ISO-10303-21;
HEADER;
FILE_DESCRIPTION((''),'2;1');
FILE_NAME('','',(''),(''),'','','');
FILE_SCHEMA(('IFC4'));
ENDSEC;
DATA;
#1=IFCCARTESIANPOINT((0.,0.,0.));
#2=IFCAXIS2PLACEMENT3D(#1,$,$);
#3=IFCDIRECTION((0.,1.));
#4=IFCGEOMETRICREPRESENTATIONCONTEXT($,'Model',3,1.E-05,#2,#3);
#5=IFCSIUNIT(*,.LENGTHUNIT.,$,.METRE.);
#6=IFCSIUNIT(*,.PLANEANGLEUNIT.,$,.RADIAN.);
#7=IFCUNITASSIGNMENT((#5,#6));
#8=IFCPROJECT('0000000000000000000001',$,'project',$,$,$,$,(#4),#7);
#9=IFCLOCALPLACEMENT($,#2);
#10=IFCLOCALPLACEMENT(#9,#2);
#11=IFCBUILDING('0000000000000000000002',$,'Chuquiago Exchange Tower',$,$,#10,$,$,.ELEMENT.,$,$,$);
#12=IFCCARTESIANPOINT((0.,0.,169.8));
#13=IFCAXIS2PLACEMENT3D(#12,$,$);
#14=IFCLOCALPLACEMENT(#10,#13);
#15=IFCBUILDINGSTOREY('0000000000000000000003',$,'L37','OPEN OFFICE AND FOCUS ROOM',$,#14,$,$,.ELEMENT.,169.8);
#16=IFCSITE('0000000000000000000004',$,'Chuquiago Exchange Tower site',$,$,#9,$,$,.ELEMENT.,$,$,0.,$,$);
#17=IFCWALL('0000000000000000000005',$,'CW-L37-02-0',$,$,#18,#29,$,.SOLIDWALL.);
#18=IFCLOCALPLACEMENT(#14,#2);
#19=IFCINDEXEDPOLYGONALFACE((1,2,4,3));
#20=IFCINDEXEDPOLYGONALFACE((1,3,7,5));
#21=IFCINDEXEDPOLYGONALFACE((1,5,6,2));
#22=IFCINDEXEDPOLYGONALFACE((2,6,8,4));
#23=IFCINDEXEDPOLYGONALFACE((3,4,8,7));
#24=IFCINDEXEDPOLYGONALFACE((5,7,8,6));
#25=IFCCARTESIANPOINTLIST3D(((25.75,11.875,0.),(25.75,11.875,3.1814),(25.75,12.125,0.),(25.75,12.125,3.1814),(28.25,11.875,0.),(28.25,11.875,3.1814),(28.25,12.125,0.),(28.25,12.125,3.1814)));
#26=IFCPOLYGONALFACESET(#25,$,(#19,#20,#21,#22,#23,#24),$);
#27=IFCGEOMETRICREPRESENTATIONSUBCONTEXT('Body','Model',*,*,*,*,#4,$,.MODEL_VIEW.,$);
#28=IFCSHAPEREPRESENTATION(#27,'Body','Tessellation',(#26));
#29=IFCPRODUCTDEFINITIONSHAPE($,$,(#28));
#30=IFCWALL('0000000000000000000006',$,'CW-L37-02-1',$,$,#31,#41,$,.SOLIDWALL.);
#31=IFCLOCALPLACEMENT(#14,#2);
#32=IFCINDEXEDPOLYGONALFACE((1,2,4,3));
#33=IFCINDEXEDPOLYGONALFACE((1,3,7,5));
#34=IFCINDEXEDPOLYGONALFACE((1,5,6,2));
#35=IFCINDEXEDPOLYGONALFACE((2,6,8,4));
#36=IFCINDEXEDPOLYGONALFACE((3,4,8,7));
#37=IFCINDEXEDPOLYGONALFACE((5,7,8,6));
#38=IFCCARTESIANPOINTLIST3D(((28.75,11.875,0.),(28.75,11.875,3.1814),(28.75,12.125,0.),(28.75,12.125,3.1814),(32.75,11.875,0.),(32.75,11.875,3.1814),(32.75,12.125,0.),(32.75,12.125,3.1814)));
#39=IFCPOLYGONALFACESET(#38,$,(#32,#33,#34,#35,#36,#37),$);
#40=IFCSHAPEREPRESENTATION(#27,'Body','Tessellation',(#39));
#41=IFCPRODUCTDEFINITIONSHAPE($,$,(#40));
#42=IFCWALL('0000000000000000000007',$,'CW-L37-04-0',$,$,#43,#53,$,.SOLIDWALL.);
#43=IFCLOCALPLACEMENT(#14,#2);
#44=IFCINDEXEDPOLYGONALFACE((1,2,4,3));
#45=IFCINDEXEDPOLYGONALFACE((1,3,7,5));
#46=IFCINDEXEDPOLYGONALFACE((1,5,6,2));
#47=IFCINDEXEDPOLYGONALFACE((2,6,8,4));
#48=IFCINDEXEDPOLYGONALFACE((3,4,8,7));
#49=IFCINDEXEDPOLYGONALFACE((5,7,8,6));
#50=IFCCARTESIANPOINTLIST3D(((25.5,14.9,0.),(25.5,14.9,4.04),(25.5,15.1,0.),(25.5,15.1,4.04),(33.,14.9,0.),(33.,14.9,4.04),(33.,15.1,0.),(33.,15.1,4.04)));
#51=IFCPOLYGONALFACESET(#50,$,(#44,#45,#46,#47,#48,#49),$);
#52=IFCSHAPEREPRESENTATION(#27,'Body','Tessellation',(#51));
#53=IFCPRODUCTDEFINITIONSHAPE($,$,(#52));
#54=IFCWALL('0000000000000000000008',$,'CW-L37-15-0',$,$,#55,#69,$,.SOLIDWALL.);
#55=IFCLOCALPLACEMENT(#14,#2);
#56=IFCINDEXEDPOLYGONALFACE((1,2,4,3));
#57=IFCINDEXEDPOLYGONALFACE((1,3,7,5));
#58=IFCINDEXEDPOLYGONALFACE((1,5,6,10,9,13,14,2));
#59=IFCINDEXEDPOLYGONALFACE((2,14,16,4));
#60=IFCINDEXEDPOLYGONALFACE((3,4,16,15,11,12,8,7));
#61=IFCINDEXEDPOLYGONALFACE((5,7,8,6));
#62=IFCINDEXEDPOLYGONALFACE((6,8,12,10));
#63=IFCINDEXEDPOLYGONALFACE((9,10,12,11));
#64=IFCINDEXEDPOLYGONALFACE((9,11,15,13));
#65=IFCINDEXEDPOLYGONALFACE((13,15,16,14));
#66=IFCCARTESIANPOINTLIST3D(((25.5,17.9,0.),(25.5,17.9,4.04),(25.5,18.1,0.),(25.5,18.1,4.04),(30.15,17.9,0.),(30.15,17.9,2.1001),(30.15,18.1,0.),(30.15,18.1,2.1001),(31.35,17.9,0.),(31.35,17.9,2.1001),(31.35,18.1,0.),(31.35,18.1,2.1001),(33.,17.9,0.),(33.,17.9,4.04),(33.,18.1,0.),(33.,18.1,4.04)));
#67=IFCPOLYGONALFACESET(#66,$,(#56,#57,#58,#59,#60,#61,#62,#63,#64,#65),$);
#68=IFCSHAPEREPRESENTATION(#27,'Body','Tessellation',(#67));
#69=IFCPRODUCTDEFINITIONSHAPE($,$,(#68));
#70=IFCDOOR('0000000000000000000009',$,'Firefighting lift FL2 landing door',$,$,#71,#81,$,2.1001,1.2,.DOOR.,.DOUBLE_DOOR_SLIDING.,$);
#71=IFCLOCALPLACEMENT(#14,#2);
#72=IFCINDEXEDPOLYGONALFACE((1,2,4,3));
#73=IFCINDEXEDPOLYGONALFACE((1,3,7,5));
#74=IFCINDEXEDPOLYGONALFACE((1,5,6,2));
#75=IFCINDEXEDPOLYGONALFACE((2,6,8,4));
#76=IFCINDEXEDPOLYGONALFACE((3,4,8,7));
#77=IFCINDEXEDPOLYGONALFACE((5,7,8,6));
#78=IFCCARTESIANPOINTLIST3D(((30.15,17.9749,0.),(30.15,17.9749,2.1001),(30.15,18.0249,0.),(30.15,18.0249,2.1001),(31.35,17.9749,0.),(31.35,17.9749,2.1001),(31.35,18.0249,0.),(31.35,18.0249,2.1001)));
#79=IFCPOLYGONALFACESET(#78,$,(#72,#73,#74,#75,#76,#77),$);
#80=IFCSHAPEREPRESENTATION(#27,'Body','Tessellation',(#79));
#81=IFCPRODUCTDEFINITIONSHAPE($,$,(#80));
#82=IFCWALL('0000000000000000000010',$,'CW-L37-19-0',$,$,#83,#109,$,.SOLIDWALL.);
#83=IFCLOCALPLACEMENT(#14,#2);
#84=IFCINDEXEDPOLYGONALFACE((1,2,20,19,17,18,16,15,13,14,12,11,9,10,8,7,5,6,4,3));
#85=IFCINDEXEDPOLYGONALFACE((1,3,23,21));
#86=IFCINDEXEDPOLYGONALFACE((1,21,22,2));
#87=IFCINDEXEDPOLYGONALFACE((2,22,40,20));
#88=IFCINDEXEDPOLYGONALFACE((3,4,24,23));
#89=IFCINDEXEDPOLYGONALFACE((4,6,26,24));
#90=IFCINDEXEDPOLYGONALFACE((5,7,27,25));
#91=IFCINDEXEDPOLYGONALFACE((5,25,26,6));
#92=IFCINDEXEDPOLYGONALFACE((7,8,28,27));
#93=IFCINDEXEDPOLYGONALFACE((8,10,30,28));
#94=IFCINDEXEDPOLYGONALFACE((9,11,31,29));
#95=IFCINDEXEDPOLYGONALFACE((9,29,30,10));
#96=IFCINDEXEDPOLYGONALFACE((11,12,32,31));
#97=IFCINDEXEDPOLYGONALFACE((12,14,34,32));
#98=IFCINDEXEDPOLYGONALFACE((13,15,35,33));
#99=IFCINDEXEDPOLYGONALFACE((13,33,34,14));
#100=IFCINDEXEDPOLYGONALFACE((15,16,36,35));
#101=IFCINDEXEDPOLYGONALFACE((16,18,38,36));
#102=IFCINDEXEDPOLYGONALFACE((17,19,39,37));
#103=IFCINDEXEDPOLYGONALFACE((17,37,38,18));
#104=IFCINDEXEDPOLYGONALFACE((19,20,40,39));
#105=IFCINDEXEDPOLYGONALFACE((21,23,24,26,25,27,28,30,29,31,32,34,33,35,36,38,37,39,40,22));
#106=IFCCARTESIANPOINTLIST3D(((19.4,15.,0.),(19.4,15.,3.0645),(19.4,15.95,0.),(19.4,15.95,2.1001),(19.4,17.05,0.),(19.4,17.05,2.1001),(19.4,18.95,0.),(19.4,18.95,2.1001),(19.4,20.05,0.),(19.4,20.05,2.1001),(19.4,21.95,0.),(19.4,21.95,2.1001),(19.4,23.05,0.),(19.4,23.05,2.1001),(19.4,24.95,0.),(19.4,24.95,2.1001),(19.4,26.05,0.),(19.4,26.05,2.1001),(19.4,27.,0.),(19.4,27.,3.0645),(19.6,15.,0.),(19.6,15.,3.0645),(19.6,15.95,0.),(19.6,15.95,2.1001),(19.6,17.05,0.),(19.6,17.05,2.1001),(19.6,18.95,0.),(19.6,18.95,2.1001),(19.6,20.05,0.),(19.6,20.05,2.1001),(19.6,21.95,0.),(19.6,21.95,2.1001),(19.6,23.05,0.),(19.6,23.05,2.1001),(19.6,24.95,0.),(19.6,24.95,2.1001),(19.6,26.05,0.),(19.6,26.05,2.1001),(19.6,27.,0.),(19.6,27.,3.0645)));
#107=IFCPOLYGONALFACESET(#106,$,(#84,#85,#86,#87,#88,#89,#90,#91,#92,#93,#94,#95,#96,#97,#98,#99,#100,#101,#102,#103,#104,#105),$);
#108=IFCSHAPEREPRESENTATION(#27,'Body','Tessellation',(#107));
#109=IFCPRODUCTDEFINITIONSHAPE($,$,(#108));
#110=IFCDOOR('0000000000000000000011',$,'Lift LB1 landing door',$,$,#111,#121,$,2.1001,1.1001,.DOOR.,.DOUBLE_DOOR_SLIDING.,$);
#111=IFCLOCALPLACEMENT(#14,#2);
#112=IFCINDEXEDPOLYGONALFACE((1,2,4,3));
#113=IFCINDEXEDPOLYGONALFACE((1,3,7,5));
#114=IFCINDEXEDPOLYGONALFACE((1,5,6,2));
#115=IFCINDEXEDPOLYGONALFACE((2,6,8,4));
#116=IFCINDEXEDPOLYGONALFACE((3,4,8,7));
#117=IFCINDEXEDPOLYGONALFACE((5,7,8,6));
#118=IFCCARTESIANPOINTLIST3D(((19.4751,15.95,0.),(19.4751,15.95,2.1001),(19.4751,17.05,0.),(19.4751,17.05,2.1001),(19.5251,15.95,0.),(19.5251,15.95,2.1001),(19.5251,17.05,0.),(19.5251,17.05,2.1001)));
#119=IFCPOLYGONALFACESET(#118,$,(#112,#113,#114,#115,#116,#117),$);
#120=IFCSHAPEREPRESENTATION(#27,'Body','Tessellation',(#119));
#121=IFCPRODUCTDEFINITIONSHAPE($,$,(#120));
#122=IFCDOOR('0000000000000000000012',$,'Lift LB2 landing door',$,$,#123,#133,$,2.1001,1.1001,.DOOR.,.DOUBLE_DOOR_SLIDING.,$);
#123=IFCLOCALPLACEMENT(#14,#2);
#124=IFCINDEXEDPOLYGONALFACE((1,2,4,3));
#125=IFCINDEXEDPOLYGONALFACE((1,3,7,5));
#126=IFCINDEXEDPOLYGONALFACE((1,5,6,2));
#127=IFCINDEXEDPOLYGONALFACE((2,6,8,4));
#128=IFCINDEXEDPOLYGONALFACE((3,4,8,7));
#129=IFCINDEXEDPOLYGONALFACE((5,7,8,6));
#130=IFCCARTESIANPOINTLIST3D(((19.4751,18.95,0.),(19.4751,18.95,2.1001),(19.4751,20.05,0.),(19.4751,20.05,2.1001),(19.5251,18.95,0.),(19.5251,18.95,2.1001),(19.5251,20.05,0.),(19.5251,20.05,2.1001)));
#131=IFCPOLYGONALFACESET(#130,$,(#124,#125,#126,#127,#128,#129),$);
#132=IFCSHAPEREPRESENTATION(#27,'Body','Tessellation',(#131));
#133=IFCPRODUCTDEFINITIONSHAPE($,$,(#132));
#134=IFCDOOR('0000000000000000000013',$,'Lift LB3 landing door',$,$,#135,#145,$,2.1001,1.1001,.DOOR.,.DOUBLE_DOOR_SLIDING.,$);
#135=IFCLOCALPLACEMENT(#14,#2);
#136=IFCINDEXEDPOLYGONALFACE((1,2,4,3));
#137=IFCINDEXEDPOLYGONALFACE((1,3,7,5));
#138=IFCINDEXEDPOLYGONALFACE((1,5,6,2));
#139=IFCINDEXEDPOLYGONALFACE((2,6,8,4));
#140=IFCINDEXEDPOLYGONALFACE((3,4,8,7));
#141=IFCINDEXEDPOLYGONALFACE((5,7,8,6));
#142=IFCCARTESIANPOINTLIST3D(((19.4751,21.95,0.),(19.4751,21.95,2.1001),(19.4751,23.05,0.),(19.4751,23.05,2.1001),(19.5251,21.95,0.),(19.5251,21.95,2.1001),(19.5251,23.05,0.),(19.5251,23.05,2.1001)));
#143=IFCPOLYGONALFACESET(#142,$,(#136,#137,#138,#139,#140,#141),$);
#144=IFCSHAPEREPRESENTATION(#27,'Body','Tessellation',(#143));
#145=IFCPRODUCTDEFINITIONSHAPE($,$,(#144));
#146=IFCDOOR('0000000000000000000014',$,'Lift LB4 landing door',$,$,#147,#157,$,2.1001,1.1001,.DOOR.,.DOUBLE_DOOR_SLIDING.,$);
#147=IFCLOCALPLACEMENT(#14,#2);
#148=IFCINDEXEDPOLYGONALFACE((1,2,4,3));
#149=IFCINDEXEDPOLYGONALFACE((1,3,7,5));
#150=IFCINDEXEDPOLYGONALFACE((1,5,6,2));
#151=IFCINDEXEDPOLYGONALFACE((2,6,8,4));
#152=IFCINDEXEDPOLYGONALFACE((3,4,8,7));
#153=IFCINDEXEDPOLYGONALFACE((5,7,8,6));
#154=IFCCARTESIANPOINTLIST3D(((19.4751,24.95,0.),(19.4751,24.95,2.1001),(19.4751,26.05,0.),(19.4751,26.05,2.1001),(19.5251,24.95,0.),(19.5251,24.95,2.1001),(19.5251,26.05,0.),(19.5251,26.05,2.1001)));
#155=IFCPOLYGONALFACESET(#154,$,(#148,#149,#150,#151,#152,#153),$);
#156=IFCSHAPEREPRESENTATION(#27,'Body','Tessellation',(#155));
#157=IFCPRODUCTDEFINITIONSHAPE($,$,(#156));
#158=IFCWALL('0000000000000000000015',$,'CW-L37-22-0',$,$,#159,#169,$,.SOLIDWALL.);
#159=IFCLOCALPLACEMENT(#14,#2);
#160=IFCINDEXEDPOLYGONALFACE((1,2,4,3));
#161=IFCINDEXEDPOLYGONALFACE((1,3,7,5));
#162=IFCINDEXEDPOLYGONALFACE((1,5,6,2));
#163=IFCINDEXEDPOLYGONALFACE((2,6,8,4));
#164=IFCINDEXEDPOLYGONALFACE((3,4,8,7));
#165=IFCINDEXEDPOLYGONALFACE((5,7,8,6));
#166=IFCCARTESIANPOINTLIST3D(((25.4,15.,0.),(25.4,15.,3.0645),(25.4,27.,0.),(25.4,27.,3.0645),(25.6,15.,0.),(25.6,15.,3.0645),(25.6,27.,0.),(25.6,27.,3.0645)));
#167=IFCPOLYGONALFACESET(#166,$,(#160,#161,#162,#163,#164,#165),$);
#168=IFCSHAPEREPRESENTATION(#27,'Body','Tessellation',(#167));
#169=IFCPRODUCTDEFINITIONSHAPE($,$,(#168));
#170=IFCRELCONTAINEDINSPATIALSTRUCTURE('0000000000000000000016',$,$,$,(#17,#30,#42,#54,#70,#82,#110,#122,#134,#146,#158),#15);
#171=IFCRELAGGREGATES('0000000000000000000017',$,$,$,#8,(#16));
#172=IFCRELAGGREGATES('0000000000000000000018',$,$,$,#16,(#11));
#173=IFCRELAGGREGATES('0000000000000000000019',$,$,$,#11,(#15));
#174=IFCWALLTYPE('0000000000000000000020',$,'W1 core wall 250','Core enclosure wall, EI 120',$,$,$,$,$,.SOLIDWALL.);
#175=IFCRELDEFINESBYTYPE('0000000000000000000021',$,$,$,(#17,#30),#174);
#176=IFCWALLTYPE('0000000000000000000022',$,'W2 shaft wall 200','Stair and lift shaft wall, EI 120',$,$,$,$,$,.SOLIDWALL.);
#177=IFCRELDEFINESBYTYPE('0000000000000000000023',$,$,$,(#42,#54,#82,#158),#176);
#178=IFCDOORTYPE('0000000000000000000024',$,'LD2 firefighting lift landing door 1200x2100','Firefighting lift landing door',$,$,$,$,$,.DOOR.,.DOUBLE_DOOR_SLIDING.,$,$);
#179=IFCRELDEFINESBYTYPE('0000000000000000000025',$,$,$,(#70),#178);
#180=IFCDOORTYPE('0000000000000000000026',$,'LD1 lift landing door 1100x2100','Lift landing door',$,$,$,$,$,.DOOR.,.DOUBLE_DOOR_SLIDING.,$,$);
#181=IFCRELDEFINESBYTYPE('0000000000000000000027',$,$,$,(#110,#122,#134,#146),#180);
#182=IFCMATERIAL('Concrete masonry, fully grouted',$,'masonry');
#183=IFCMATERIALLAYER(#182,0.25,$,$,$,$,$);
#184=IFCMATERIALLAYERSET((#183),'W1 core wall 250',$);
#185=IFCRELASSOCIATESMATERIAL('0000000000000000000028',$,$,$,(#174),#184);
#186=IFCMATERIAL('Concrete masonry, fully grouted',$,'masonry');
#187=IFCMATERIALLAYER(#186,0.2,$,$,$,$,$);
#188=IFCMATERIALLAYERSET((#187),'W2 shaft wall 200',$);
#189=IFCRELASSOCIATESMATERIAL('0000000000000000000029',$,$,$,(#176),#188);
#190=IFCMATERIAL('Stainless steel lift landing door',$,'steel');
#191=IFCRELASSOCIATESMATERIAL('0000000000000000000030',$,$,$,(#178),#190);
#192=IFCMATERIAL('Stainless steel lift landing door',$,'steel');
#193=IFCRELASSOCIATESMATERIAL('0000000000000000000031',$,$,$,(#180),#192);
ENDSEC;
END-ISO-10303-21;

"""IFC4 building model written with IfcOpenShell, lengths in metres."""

from ifc_helpers import new_model, si_unit, direction, frame, frame_2d, origin, place, context, subcontext, project, spatial, rectangle, extrude, material, layer, layer_set, type_object, element, fill, save


model = new_model("IFC4")

# Units and contexts
model_context = context("Model", 3, precision=1e-05, world=origin(), true_north=direction((0.0, 1.0)))
body_context = subcontext(model_context, "Body", "Model", "MODEL_VIEW")
ifc_project = project(units=[si_unit("LENGTHUNIT", "METRE"), si_unit("PLANEANGLEUNIT", "RADIAN")], contexts=[model_context])

# Site, building, storey
site_placement = place(None, origin())
site = spatial("IfcSite", under=ifc_project, at=site_placement, Name="Chuquiago Exchange Tower site", CompositionType="ELEMENT", RefElevation=0.0)
building_placement = place(site_placement, origin())
building = spatial("IfcBuilding", under=site, at=building_placement, Name="Chuquiago Exchange Tower", CompositionType="ELEMENT")
storey_placement = place(building_placement, frame((0.0, 0.0, 169.8)))
storey = spatial("IfcBuildingStorey", under=building, at=storey_placement, Name="L37", Description="OPEN OFFICE AND FOCUS ROOM", CompositionType="ELEMENT", Elevation=169.8)

# Walls
ifc_material_1 = material(Name="Concrete masonry, fully grouted", Category="masonry")
ifc_layer_1 = layer(ifc_material_1, 0.25)
ifc_layer_set_1 = layer_set([ifc_layer_1], Name="W1 core wall 250")
wall_type_1 = type_object("IfcWallType", Name="W1 core wall 250", Description="Core enclosure wall, EI 120", PredefinedType="SOLIDWALL", material=ifc_layer_set_1)
wall_1_placement = place(storey_placement, frame((25.75, 12.0, 0.0), z_axis=(0.0, 0.0, 1.0), x_axis=(1.0, 0.0, 0.0)))
element("IfcWall", 1, at=wall_1_placement, inside=storey, type_object=wall_type_1, Name="CW-L37-02-0", PredefinedType="SOLIDWALL", context=body_context, shape_type="SweptSolid", body=[
    extrude(rectangle(XDim=2.5, YDim=0.25, at=frame_2d((1.25, 0.0))), origin(), (0.0, 0.0, 1.0), 3.1814),
])
wall_2_placement = place(storey_placement, frame((28.75, 12.0, 0.0), z_axis=(0.0, 0.0, 1.0), x_axis=(1.0, 0.0, 0.0)))
element("IfcWall", 2, at=wall_2_placement, inside=storey, type_object=wall_type_1, Name="CW-L37-02-1", PredefinedType="SOLIDWALL", context=body_context, shape_type="SweptSolid", body=[
    extrude(rectangle(XDim=4.0, YDim=0.25, at=frame_2d((2.0, 0.0))), origin(), (0.0, 0.0, 1.0), 3.1814),
])
ifc_material_2 = material(Name="Concrete masonry, fully grouted", Category="masonry")
ifc_layer_2 = layer(ifc_material_2, 0.2)
ifc_layer_set_2 = layer_set([ifc_layer_2], Name="W2 shaft wall 200")
wall_type_2 = type_object("IfcWallType", Name="W2 shaft wall 200", Description="Stair and lift shaft wall, EI 120", PredefinedType="SOLIDWALL", material=ifc_layer_set_2)
wall_3_placement = place(storey_placement, frame((25.5, 15.0, 0.0), z_axis=(0.0, 0.0, 1.0), x_axis=(1.0, 0.0, 0.0)))
element("IfcWall", 3, at=wall_3_placement, inside=storey, type_object=wall_type_2, Name="CW-L37-04-0", PredefinedType="SOLIDWALL", context=body_context, shape_type="SweptSolid", body=[
    extrude(rectangle(XDim=7.5, YDim=0.2, at=frame_2d((3.75, 0.0))), origin(), (0.0, 0.0, 1.0), 4.04),
])

# Wall, opening, door
wall_4_placement = place(storey_placement, frame((25.5, 18.0, 0.0), z_axis=(0.0, 0.0, 1.0), x_axis=(1.0, 0.0, 0.0)))
wall_4 = element("IfcWall", 4, at=wall_4_placement, inside=storey, type_object=wall_type_2, Name="CW-L37-15-0", PredefinedType="SOLIDWALL", context=body_context, shape_type="SweptSolid", body=[
    extrude(rectangle(XDim=7.5, YDim=0.2, at=frame_2d((3.75, 0.0))), origin(), (0.0, 0.0, 1.0), 4.04),
])
opening_1_placement = place(wall_4_placement, frame((4.6499, 0.0, 0.0)))
opening_1 = element("IfcOpeningElement", 5, at=opening_1_placement, cuts=wall_4, PredefinedType="OPENING", context=body_context, shape_type="SweptSolid", body=[
    extrude(rectangle(XDim=1.2, YDim=2.1001, at=frame_2d((0.6001, 1.05))), frame((0.0, 0.1099, 0.0), z_axis=(0.0, -1.0, 0.0), x_axis=(1.0, 0.0, 0.0)), (0.0, 0.0, 1.0), 0.22),
])
ifc_material_3 = material(Name="Stainless steel lift landing door", Category="steel")
door_type_1 = type_object("IfcDoorType", Name="LD2 firefighting lift landing door 1200x2100", Description="Firefighting lift landing door", OperationType="DOUBLE_DOOR_SLIDING", PredefinedType="DOOR", material=ifc_material_3)
door_1_placement = place(opening_1_placement, origin())
door_1 = element("IfcDoor", 6, at=door_1_placement, inside=storey, type_object=door_type_1, Name="Firefighting lift FL2 landing door", OperationType="DOUBLE_DOOR_SLIDING", OverallHeight=2.1001, OverallWidth=1.2, PredefinedType="DOOR", context=body_context, shape_type="SweptSolid", body=[
    extrude(rectangle(XDim=1.2, YDim=2.1001, at=frame_2d((0.6001, 1.05))), frame((0.0, 0.0249, 0.0), z_axis=(0.0, -1.0, 0.0), x_axis=(1.0, 0.0, 0.0)), (0.0, 0.0, 1.0), 0.05),
])
fill(opening_1, door_1)

# Wall, openings, doors
wall_5_placement = place(storey_placement, frame((19.5, 15.0, 0.0), z_axis=(0.0, 0.0, 1.0), x_axis=(0.0, 1.0, 0.0)))
wall_5 = element("IfcWall", 7, at=wall_5_placement, inside=storey, type_object=wall_type_2, Name="CW-L37-19-0", PredefinedType="SOLIDWALL", context=body_context, shape_type="SweptSolid", body=[
    extrude(rectangle(XDim=12.0, YDim=0.2, at=frame_2d((6.0, 0.0))), origin(), (0.0, 0.0, 1.0), 3.0645),
])
opening_2_placement = place(wall_5_placement, frame((0.95, 0.0, 0.0)))
opening_2 = element("IfcOpeningElement", 8, at=opening_2_placement, cuts=wall_5, PredefinedType="OPENING", context=body_context, shape_type="SweptSolid", body=[
    extrude(rectangle(XDim=1.1001, YDim=2.1001, at=frame_2d((0.55, 1.05))), frame((0.0, 0.1099, 0.0), z_axis=(0.0, -1.0, 0.0), x_axis=(1.0, 0.0, 0.0)), (0.0, 0.0, 1.0), 0.22),
])
opening_3_placement = place(wall_5_placement, frame((3.95, 0.0, 0.0)))
opening_3 = element("IfcOpeningElement", 9, at=opening_3_placement, cuts=wall_5, PredefinedType="OPENING", context=body_context, shape_type="SweptSolid", body=[
    extrude(rectangle(XDim=1.1001, YDim=2.1001, at=frame_2d((0.55, 1.05))), frame((0.0, 0.1099, 0.0), z_axis=(0.0, -1.0, 0.0), x_axis=(1.0, 0.0, 0.0)), (0.0, 0.0, 1.0), 0.22),
])
opening_4_placement = place(wall_5_placement, frame((6.95, 0.0, 0.0)))
opening_4 = element("IfcOpeningElement", 10, at=opening_4_placement, cuts=wall_5, PredefinedType="OPENING", context=body_context, shape_type="SweptSolid", body=[
    extrude(rectangle(XDim=1.1001, YDim=2.1001, at=frame_2d((0.55, 1.05))), frame((0.0, 0.1099, 0.0), z_axis=(0.0, -1.0, 0.0), x_axis=(1.0, 0.0, 0.0)), (0.0, 0.0, 1.0), 0.22),
])
opening_5_placement = place(wall_5_placement, frame((9.95, 0.0, 0.0)))
opening_5 = element("IfcOpeningElement", 11, at=opening_5_placement, cuts=wall_5, PredefinedType="OPENING", context=body_context, shape_type="SweptSolid", body=[
    extrude(rectangle(XDim=1.1001, YDim=2.1001, at=frame_2d((0.55, 1.05))), frame((0.0, 0.1099, 0.0), z_axis=(0.0, -1.0, 0.0), x_axis=(1.0, 0.0, 0.0)), (0.0, 0.0, 1.0), 0.22),
])
ifc_material_4 = material(Name="Stainless steel lift landing door", Category="steel")
door_type_2 = type_object("IfcDoorType", Name="LD1 lift landing door 1100x2100", Description="Lift landing door", OperationType="DOUBLE_DOOR_SLIDING", PredefinedType="DOOR", material=ifc_material_4)
door_2_placement = place(opening_2_placement, origin())
door_2 = element("IfcDoor", 12, at=door_2_placement, inside=storey, type_object=door_type_2, Name="Lift LB1 landing door", OperationType="DOUBLE_DOOR_SLIDING", OverallHeight=2.1001, OverallWidth=1.1001, PredefinedType="DOOR", context=body_context, shape_type="SweptSolid", body=[
    extrude(rectangle(XDim=1.1001, YDim=2.1001, at=frame_2d((0.55, 1.05))), frame((0.0, 0.0249, 0.0), z_axis=(0.0, -1.0, 0.0), x_axis=(1.0, 0.0, 0.0)), (0.0, 0.0, 1.0), 0.05),
])
fill(opening_2, door_2)
door_3_placement = place(opening_3_placement, origin())
door_3 = element("IfcDoor", 13, at=door_3_placement, inside=storey, type_object=door_type_2, Name="Lift LB2 landing door", OperationType="DOUBLE_DOOR_SLIDING", OverallHeight=2.1001, OverallWidth=1.1001, PredefinedType="DOOR", context=body_context, shape_type="SweptSolid", body=[
    extrude(rectangle(XDim=1.1001, YDim=2.1001, at=frame_2d((0.55, 1.05))), frame((0.0, 0.0249, 0.0), z_axis=(0.0, -1.0, 0.0), x_axis=(1.0, 0.0, 0.0)), (0.0, 0.0, 1.0), 0.05),
])
fill(opening_3, door_3)
door_4_placement = place(opening_4_placement, origin())
door_4 = element("IfcDoor", 14, at=door_4_placement, inside=storey, type_object=door_type_2, Name="Lift LB3 landing door", OperationType="DOUBLE_DOOR_SLIDING", OverallHeight=2.1001, OverallWidth=1.1001, PredefinedType="DOOR", context=body_context, shape_type="SweptSolid", body=[
    extrude(rectangle(XDim=1.1001, YDim=2.1001, at=frame_2d((0.55, 1.05))), frame((0.0, 0.0249, 0.0), z_axis=(0.0, -1.0, 0.0), x_axis=(1.0, 0.0, 0.0)), (0.0, 0.0, 1.0), 0.05),
])
fill(opening_4, door_4)
door_5_placement = place(opening_5_placement, origin())
door_5 = element("IfcDoor", 15, at=door_5_placement, inside=storey, type_object=door_type_2, Name="Lift LB4 landing door", OperationType="DOUBLE_DOOR_SLIDING", OverallHeight=2.1001, OverallWidth=1.1001, PredefinedType="DOOR", context=body_context, shape_type="SweptSolid", body=[
    extrude(rectangle(XDim=1.1001, YDim=2.1001, at=frame_2d((0.55, 1.05))), frame((0.0, 0.0249, 0.0), z_axis=(0.0, -1.0, 0.0), x_axis=(1.0, 0.0, 0.0)), (0.0, 0.0, 1.0), 0.05),
])
fill(opening_5, door_5)

# Wall
wall_6_placement = place(storey_placement, frame((25.5, 15.0, 0.0), z_axis=(0.0, 0.0, 1.0), x_axis=(0.0, 1.0, 0.0)))
element("IfcWall", 16, at=wall_6_placement, inside=storey, type_object=wall_type_2, Name="CW-L37-22-0", PredefinedType="SOLIDWALL", context=body_context, shape_type="SweptSolid", body=[
    extrude(rectangle(XDim=12.0, YDim=0.2, at=frame_2d((6.0, 0.0))), origin(), (0.0, 0.0, 1.0), 3.0645),
])

save(model, "model.ifc")
